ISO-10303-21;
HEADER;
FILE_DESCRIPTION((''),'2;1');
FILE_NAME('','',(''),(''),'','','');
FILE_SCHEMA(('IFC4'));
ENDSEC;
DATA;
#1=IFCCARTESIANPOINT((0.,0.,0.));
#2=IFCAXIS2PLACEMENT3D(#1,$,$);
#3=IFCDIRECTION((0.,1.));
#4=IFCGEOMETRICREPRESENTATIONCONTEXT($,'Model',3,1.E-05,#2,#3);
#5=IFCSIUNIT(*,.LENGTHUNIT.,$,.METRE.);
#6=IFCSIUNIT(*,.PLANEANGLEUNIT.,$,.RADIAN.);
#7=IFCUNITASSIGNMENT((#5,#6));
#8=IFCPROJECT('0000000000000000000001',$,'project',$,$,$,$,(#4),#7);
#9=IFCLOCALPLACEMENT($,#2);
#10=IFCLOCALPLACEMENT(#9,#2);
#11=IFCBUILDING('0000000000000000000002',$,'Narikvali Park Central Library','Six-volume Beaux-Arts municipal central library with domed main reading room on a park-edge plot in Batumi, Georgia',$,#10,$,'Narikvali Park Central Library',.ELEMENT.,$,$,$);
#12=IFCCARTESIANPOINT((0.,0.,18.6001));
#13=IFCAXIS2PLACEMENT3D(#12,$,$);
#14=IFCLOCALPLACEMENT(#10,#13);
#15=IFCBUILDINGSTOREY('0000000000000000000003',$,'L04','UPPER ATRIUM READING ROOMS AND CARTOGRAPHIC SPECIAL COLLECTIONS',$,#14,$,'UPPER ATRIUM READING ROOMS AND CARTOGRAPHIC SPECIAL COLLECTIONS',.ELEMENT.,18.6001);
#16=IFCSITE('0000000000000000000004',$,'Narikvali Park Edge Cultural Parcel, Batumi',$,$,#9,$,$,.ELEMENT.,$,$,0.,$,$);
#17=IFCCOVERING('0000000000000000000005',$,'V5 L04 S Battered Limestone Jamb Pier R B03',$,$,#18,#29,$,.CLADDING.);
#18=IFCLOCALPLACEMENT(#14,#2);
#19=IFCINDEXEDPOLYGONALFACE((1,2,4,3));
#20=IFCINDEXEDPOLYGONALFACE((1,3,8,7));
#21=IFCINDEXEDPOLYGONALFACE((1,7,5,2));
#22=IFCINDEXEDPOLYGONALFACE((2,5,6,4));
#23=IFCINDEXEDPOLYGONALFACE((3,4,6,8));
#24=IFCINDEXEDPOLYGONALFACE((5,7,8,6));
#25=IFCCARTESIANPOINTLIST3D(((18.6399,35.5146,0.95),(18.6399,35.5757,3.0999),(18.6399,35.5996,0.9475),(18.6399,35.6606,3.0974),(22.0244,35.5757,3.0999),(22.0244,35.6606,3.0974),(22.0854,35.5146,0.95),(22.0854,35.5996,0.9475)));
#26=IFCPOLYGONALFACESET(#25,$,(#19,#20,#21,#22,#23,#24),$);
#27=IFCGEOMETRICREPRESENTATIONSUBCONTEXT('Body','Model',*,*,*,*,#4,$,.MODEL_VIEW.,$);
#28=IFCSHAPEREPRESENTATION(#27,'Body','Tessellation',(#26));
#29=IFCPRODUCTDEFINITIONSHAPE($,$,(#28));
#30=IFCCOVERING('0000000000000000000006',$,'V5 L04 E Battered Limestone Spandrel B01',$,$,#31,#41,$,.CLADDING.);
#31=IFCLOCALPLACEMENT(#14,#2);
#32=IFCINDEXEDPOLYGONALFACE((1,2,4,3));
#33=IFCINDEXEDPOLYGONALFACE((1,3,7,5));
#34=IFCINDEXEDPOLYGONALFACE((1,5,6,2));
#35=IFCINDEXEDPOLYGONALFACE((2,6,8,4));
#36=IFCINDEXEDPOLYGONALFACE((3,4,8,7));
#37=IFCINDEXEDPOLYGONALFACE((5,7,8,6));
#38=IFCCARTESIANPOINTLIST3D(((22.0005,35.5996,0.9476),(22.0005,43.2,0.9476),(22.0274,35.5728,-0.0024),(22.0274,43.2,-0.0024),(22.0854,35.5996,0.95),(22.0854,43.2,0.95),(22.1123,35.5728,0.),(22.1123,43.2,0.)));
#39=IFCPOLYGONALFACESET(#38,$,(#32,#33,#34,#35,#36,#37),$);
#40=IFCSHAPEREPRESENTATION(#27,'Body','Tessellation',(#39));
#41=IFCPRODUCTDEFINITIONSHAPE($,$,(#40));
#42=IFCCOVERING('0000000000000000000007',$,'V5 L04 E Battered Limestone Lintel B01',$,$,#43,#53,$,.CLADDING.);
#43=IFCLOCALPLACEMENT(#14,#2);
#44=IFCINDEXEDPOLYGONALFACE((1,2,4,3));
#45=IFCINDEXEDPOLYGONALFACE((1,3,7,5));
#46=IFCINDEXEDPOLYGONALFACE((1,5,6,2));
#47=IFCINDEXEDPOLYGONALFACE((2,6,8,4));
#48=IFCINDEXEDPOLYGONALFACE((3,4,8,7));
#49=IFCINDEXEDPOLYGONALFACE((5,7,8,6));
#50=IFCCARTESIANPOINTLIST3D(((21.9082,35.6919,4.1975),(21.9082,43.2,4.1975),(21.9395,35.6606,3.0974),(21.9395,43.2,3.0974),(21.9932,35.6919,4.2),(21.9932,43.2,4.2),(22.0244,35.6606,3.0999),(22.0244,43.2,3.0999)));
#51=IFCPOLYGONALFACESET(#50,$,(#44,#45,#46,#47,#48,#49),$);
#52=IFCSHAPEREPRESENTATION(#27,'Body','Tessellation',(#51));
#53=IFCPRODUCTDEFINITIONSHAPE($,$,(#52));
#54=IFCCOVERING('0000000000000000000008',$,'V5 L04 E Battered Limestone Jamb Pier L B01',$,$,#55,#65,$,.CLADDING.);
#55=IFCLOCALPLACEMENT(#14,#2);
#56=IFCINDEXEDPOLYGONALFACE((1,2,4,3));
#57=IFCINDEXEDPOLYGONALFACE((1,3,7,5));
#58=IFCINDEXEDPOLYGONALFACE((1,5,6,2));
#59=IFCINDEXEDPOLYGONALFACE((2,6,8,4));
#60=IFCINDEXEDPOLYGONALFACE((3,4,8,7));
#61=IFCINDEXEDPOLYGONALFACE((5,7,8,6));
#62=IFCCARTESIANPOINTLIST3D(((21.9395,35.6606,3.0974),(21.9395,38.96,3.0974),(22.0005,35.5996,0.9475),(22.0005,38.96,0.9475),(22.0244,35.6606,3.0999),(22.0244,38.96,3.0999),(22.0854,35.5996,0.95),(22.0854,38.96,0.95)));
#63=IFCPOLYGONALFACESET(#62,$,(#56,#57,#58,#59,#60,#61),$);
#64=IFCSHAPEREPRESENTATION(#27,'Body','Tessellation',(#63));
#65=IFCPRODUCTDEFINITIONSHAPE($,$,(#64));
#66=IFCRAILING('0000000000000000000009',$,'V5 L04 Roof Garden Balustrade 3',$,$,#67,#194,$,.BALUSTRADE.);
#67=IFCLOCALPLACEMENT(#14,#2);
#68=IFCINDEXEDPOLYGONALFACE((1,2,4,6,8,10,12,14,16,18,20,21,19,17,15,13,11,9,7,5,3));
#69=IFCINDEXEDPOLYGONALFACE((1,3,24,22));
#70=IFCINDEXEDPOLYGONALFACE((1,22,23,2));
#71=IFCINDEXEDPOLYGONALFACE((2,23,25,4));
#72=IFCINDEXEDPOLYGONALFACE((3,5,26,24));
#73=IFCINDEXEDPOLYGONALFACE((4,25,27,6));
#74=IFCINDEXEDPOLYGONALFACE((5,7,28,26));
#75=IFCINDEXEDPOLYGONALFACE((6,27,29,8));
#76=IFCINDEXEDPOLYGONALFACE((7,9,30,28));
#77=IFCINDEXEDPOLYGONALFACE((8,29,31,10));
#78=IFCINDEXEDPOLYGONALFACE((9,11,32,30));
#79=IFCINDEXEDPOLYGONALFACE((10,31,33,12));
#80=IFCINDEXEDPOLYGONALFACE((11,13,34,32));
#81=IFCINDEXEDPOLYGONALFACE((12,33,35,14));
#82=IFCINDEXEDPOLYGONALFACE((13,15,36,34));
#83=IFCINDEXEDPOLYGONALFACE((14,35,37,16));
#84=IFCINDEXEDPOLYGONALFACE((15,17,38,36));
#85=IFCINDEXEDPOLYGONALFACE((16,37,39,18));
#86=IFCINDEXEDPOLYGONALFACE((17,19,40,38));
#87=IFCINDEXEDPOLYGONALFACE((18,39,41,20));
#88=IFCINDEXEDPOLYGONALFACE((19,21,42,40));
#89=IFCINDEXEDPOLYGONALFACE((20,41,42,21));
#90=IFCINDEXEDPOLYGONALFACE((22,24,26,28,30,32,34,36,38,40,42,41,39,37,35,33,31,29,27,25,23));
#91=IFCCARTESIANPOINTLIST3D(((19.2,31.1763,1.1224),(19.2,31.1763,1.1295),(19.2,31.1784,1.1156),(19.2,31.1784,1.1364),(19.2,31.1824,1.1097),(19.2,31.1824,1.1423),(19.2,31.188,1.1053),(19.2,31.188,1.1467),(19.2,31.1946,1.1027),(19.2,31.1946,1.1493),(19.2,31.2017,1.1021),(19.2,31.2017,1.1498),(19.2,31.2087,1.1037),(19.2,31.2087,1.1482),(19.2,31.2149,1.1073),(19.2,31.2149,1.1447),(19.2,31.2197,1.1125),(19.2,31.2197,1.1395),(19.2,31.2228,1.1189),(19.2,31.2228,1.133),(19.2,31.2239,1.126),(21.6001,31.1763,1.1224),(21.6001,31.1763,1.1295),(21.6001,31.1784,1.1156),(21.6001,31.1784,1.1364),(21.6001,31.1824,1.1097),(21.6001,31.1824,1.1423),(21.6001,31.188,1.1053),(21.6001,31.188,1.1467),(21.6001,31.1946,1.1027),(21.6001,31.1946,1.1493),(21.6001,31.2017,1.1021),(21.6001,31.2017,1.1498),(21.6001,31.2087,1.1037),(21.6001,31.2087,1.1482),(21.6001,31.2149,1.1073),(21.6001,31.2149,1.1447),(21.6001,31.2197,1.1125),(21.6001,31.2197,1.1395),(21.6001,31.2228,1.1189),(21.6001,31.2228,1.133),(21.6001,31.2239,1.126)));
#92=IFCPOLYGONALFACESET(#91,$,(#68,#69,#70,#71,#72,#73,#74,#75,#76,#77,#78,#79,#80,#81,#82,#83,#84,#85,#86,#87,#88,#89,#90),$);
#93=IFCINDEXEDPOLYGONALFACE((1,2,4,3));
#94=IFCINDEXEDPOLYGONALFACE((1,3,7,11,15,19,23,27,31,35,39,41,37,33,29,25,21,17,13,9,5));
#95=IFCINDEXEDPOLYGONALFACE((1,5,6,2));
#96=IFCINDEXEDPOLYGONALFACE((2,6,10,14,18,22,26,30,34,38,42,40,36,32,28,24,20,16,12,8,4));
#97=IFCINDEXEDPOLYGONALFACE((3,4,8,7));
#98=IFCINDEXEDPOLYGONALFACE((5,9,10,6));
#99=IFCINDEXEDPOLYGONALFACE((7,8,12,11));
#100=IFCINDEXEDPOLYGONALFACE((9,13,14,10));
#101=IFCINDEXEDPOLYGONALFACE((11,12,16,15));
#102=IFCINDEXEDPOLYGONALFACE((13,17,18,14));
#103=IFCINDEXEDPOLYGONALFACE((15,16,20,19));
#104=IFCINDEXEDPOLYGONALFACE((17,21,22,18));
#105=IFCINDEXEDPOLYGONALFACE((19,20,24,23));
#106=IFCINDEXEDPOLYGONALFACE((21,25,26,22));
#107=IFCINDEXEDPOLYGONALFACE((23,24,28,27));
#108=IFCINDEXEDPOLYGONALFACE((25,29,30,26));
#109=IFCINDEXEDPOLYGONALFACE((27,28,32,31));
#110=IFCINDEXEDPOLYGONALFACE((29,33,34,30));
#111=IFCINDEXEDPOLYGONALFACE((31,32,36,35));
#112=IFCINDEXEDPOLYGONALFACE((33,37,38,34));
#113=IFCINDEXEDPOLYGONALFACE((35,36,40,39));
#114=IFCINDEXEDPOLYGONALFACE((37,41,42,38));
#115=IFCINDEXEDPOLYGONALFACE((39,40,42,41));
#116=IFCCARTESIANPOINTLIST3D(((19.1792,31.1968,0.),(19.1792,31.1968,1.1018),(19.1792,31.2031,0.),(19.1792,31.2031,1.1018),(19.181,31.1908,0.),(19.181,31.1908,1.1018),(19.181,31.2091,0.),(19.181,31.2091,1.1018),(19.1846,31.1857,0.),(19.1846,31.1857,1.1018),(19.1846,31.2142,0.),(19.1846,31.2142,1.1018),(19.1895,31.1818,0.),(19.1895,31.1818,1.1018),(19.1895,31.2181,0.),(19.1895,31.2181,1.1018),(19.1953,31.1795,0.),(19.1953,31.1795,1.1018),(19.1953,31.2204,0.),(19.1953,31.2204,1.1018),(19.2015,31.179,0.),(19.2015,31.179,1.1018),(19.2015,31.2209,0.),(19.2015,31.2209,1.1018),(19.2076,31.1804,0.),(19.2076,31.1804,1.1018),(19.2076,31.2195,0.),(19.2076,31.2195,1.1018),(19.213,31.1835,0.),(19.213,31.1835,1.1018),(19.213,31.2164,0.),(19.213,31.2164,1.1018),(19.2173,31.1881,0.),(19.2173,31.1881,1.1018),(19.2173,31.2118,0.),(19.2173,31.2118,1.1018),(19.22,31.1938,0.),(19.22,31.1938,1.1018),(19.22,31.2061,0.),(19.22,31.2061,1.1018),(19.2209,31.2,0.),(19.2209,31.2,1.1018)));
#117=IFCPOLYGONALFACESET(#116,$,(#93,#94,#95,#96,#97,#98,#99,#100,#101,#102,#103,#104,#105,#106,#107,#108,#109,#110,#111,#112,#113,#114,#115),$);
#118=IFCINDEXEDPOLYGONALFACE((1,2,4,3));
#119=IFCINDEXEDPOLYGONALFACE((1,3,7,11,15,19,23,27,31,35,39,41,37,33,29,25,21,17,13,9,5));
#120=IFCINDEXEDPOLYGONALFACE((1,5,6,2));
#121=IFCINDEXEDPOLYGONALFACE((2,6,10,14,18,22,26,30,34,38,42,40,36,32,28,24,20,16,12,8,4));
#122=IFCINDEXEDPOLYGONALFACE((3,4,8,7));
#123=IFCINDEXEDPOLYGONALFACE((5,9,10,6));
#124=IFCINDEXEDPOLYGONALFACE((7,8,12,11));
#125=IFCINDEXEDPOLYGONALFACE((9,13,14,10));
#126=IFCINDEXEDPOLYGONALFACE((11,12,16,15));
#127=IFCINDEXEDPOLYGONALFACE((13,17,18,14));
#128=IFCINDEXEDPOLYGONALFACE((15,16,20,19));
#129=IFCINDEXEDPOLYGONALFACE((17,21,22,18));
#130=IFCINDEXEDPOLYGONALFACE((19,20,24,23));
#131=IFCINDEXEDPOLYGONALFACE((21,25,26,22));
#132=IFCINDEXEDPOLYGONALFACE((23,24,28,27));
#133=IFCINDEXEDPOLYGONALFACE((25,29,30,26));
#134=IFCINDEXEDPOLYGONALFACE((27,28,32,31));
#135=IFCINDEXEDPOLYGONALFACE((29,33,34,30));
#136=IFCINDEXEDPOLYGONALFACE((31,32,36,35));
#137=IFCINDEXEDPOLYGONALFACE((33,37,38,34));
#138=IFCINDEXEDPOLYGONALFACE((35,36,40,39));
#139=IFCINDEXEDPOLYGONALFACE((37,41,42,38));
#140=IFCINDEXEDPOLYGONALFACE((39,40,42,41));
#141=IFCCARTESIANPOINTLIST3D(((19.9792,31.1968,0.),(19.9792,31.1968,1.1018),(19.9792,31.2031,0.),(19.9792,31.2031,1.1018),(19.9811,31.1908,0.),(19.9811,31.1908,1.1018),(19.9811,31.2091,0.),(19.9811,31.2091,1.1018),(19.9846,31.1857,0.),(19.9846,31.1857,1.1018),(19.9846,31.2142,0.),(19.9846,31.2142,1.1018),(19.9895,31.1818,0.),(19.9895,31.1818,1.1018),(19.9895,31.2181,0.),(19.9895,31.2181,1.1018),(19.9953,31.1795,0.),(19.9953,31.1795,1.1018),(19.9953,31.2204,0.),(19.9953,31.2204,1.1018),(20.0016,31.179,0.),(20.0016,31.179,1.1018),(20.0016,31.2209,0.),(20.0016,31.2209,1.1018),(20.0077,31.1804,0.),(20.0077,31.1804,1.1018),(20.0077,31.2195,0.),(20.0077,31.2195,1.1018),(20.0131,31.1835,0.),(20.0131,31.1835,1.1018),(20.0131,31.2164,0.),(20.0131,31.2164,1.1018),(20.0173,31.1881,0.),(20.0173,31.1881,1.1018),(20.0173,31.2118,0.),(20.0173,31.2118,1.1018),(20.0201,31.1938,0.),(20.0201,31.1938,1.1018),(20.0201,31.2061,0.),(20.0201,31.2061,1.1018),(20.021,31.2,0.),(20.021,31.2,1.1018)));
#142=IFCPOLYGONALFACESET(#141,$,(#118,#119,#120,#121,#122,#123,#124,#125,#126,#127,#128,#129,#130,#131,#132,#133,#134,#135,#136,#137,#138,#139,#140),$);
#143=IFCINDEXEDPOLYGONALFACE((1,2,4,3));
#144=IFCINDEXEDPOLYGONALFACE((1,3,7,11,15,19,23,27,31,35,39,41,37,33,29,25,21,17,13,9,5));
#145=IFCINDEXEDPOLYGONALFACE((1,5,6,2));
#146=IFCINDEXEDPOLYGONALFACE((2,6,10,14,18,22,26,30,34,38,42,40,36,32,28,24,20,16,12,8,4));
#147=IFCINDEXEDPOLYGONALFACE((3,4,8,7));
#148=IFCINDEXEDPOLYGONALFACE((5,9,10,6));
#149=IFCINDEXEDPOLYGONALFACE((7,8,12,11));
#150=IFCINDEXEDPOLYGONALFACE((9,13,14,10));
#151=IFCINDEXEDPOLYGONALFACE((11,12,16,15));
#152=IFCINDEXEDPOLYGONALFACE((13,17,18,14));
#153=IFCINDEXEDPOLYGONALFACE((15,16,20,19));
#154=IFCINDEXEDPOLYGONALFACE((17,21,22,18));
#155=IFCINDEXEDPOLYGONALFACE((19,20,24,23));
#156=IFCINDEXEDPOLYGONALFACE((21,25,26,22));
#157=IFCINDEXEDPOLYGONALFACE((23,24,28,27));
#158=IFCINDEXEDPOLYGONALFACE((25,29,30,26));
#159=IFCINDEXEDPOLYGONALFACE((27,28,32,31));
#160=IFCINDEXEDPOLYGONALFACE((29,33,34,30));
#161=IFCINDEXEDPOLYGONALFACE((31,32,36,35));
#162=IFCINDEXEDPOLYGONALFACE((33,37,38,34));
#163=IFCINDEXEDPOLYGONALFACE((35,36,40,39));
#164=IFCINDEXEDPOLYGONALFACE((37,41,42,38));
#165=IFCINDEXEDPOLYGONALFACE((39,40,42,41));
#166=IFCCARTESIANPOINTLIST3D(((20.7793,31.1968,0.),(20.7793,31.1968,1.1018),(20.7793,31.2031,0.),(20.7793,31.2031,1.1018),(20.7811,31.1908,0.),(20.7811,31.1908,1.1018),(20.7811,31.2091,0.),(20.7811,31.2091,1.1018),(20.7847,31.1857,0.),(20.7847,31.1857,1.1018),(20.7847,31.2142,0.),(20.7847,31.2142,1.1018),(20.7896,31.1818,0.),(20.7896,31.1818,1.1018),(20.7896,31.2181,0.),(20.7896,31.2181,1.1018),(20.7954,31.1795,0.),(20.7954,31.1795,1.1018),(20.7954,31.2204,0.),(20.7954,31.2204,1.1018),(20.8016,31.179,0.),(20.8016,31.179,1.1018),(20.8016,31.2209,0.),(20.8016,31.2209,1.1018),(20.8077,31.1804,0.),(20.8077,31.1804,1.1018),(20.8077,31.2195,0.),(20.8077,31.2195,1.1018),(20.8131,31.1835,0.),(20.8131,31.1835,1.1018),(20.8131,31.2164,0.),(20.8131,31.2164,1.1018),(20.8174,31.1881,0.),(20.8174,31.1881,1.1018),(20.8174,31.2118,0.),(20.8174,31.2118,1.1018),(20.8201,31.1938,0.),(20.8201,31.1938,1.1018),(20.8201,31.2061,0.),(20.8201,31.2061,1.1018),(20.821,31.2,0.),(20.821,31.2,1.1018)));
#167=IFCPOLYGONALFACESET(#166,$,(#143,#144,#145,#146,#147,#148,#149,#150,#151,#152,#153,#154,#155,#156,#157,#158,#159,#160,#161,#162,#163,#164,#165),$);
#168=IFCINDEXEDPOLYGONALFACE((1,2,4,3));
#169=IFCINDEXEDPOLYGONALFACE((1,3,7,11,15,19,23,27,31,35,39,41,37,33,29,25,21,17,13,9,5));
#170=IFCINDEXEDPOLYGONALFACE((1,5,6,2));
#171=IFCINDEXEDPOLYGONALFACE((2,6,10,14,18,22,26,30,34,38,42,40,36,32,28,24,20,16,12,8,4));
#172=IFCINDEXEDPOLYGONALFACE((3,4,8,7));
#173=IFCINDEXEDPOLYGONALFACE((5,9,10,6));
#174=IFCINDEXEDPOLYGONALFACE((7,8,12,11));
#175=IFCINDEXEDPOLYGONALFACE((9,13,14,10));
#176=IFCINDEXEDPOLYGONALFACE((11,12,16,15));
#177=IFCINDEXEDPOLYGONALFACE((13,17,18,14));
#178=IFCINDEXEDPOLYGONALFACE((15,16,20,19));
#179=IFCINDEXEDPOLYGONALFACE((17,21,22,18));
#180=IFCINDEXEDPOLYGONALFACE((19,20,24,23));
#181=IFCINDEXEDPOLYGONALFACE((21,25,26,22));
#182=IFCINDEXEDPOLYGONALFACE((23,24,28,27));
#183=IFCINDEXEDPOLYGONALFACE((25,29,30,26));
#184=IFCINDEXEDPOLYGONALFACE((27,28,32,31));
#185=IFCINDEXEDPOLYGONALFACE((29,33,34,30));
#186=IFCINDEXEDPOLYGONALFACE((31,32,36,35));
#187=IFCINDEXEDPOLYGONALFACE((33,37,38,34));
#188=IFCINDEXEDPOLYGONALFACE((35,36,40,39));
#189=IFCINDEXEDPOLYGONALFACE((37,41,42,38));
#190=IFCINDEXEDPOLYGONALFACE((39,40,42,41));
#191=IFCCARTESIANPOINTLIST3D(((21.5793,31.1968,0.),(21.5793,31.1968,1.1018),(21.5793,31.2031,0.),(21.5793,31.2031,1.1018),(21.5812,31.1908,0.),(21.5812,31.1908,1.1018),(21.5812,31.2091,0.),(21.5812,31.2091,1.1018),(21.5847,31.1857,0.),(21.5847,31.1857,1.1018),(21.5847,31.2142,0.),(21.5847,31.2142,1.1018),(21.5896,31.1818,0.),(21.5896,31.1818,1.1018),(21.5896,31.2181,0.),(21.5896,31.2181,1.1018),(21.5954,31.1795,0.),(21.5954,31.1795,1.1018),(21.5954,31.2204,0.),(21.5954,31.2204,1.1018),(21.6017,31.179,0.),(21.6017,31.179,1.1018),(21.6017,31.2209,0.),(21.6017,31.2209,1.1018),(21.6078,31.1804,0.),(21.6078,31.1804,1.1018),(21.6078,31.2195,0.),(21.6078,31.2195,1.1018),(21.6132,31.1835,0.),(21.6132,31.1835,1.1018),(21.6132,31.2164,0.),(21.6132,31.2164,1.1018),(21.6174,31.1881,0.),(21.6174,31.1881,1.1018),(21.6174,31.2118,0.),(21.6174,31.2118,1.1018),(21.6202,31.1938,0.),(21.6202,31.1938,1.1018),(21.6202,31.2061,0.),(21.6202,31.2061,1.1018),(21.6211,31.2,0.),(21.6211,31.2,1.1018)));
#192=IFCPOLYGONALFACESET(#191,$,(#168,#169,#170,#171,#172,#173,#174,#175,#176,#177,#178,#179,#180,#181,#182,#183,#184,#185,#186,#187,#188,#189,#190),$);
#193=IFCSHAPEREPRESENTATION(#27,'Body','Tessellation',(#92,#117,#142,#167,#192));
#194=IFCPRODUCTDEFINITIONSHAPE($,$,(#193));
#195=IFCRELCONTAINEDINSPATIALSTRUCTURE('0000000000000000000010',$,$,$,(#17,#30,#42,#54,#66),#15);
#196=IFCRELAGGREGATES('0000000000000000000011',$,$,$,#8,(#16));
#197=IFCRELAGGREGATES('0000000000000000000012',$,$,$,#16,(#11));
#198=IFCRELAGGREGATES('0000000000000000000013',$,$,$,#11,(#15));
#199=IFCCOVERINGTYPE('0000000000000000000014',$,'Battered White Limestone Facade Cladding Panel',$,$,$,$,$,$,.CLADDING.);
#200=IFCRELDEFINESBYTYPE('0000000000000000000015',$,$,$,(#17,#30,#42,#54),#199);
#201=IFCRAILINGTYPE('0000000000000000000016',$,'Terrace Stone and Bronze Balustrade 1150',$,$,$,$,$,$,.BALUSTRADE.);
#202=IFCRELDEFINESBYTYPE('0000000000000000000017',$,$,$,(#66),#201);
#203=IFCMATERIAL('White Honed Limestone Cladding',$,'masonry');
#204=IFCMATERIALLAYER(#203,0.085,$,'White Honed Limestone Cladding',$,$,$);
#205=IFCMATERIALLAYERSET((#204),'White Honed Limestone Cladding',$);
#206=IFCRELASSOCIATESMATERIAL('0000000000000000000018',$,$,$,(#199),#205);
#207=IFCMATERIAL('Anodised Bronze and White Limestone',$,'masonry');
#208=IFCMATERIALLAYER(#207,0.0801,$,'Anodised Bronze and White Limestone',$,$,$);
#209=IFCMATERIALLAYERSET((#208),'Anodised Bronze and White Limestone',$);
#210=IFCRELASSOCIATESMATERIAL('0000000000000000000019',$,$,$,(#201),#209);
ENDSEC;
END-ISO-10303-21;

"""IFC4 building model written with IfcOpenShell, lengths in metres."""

from ifc_helpers import new_model, si_unit, direction, frame, origin, origin_2d, place, context, subcontext, project, spatial, polyline, circle, outline, extrude, material, layer, layer_set, type_object, element, save


model = new_model("IFC4")

# Units and contexts
model_context = context("Model", 3, precision=1e-05, world=origin(), true_north=direction((0.0, 1.0)))
body_context = subcontext(model_context, "Body", "Model", "MODEL_VIEW")
ifc_project = project(units=[si_unit("LENGTHUNIT", "METRE"), si_unit("PLANEANGLEUNIT", "RADIAN")], contexts=[model_context])

# Site, building, storey
site_placement = place(None, origin())
site = spatial("IfcSite", under=ifc_project, at=site_placement, Name="Narikvali Park Edge Cultural Parcel, Batumi", CompositionType="ELEMENT", RefElevation=0.0)
building_placement = place(site_placement, origin())
building = spatial("IfcBuilding", under=site, at=building_placement, Name="Narikvali Park Central Library", Description="Six-volume Beaux-Arts municipal central library with domed main reading room on a park-edge plot in Batumi, Georgia", LongName="Narikvali Park Central Library", CompositionType="ELEMENT")
storey_placement = place(building_placement, frame((0.0, 0.0, 18.6001)))
storey = spatial("IfcBuildingStorey", under=building, at=storey_placement, Name="L04", Description="UPPER ATRIUM READING ROOMS AND CARTOGRAPHIC SPECIAL COLLECTIONS", LongName="UPPER ATRIUM READING ROOMS AND CARTOGRAPHIC SPECIAL COLLECTIONS", CompositionType="ELEMENT", Elevation=18.6001)

# Coverings
ifc_material_1 = material(Name="White Honed Limestone Cladding", Category="masonry")
ifc_layer_1 = layer(ifc_material_1, 0.085, Name="White Honed Limestone Cladding")
ifc_layer_set_1 = layer_set([ifc_layer_1], Name="White Honed Limestone Cladding")
covering_type = type_object("IfcCoveringType", Name="Battered White Limestone Facade Cladding Panel", PredefinedType="CLADDING", material=ifc_layer_set_1)
covering_1_placement = place(storey_placement, frame((18.6399, 35.5146, 0.95), z_axis=(0.0, -0.999597, 0.028378), x_axis=(1.0, 0.0, 0.0)))
element("IfcCovering", 1, at=covering_1_placement, inside=storey, type_object=covering_type, Name="V5 L04 S Battered Limestone Jamb Pier R B03", PredefinedType="CLADDING", context=body_context, shape_type="SweptSolid", body=[
    extrude(outline(polyline([(0.0, 0.0), (3.4456, 0.0), (3.3845, 2.1508), (0.0, 2.1508), (0.0, 0.0)])), origin(), (0.0, 0.0, -1.0), 0.085),
])
covering_2_placement = place(storey_placement, frame((22.1123, 35.5728, 0.0), z_axis=(0.999601, 0.0, 0.028259), x_axis=(0.0, 1.0, 0.0)))
element("IfcCovering", 2, at=covering_2_placement, inside=storey, type_object=covering_type, Name="V5 L04 E Battered Limestone Spandrel B01", PredefinedType="CLADDING", context=body_context, shape_type="SweptSolid", body=[
    extrude(outline(polyline([(0.0, 0.0), (7.6272, 0.0), (7.6272, 0.9503), (0.0269, 0.9503), (0.0, 0.0)])), origin(), (0.0, 0.0, -1.0), 0.085),
])
covering_3_placement = place(storey_placement, frame((22.0244, 35.6606, 3.0999), z_axis=(0.999597, 0.0, 0.028395), x_axis=(0.0, 1.0, 0.0)))
element("IfcCovering", 3, at=covering_3_placement, inside=storey, type_object=covering_type, Name="V5 L04 E Battered Limestone Lintel B01", PredefinedType="CLADDING", context=body_context, shape_type="SweptSolid", body=[
    extrude(outline(polyline([(0.0, 0.0), (7.5393, 0.0), (7.5393, 1.1005), (0.0312, 1.1005), (0.0, 0.0)])), origin(), (0.0, 0.0, -1.0), 0.085),
])
covering_4_placement = place(storey_placement, frame((22.0854, 35.5996, 0.95), z_axis=(0.999597, 0.0, 0.028378), x_axis=(0.0, 1.0, 0.0)))
element("IfcCovering", 4, at=covering_4_placement, inside=storey, type_object=covering_type, Name="V5 L04 E Battered Limestone Jamb Pier L B01", PredefinedType="CLADDING", context=body_context, shape_type="SweptSolid", body=[
    extrude(outline(polyline([(0.0, 0.0), (3.3604, 0.0), (3.3604, 2.1508), (0.061, 2.1508), (0.0, 0.0)])), origin(), (0.0, 0.0, -1.0), 0.085),
])

# Railing
ifc_material_2 = material(Name="Anodised Bronze and White Limestone", Category="masonry")
ifc_layer_2 = layer(ifc_material_2, 0.0801, Name="Anodised Bronze and White Limestone")
ifc_layer_set_2 = layer_set([ifc_layer_2], Name="Anodised Bronze and White Limestone")
railing_type = type_object("IfcRailingType", Name="Terrace Stone and Bronze Balustrade 1150", PredefinedType="BALUSTRADE", material=ifc_layer_set_2)
railing_1_placement = place(storey_placement, frame((19.2, 31.2, 0.0)))
element("IfcRailing", 5, at=railing_1_placement, inside=storey, type_object=railing_type, Name="V5 L04 Roof Garden Balustrade 3", PredefinedType="BALUSTRADE", context=body_context, shape_type="SweptSolid", body=[
    extrude(circle(Radius=0.0239, at=origin_2d()), frame((0.0, 0.0, 1.126), z_axis=(1.0, 0.0, 0.0), x_axis=(0.0, 1.0, 0.0)), (0.0, 0.0, 1.0), 2.4001),
    extrude(circle(Radius=0.021, at=origin_2d()), origin(), (0.0, 0.0, 1.0), 1.1018),
    extrude(circle(Radius=0.021, at=origin_2d()), frame((0.8, 0.0, 0.0)), (0.0, 0.0, 1.0), 1.1018),
    extrude(circle(Radius=0.021, at=origin_2d()), frame((1.6001, 0.0, 0.0)), (0.0, 0.0, 1.0), 1.1018),
    extrude(circle(Radius=0.021, at=origin_2d()), frame((2.4001, 0.0, 0.0)), (0.0, 0.0, 1.0), 1.1018),
])

save(model, "model.ifc")
